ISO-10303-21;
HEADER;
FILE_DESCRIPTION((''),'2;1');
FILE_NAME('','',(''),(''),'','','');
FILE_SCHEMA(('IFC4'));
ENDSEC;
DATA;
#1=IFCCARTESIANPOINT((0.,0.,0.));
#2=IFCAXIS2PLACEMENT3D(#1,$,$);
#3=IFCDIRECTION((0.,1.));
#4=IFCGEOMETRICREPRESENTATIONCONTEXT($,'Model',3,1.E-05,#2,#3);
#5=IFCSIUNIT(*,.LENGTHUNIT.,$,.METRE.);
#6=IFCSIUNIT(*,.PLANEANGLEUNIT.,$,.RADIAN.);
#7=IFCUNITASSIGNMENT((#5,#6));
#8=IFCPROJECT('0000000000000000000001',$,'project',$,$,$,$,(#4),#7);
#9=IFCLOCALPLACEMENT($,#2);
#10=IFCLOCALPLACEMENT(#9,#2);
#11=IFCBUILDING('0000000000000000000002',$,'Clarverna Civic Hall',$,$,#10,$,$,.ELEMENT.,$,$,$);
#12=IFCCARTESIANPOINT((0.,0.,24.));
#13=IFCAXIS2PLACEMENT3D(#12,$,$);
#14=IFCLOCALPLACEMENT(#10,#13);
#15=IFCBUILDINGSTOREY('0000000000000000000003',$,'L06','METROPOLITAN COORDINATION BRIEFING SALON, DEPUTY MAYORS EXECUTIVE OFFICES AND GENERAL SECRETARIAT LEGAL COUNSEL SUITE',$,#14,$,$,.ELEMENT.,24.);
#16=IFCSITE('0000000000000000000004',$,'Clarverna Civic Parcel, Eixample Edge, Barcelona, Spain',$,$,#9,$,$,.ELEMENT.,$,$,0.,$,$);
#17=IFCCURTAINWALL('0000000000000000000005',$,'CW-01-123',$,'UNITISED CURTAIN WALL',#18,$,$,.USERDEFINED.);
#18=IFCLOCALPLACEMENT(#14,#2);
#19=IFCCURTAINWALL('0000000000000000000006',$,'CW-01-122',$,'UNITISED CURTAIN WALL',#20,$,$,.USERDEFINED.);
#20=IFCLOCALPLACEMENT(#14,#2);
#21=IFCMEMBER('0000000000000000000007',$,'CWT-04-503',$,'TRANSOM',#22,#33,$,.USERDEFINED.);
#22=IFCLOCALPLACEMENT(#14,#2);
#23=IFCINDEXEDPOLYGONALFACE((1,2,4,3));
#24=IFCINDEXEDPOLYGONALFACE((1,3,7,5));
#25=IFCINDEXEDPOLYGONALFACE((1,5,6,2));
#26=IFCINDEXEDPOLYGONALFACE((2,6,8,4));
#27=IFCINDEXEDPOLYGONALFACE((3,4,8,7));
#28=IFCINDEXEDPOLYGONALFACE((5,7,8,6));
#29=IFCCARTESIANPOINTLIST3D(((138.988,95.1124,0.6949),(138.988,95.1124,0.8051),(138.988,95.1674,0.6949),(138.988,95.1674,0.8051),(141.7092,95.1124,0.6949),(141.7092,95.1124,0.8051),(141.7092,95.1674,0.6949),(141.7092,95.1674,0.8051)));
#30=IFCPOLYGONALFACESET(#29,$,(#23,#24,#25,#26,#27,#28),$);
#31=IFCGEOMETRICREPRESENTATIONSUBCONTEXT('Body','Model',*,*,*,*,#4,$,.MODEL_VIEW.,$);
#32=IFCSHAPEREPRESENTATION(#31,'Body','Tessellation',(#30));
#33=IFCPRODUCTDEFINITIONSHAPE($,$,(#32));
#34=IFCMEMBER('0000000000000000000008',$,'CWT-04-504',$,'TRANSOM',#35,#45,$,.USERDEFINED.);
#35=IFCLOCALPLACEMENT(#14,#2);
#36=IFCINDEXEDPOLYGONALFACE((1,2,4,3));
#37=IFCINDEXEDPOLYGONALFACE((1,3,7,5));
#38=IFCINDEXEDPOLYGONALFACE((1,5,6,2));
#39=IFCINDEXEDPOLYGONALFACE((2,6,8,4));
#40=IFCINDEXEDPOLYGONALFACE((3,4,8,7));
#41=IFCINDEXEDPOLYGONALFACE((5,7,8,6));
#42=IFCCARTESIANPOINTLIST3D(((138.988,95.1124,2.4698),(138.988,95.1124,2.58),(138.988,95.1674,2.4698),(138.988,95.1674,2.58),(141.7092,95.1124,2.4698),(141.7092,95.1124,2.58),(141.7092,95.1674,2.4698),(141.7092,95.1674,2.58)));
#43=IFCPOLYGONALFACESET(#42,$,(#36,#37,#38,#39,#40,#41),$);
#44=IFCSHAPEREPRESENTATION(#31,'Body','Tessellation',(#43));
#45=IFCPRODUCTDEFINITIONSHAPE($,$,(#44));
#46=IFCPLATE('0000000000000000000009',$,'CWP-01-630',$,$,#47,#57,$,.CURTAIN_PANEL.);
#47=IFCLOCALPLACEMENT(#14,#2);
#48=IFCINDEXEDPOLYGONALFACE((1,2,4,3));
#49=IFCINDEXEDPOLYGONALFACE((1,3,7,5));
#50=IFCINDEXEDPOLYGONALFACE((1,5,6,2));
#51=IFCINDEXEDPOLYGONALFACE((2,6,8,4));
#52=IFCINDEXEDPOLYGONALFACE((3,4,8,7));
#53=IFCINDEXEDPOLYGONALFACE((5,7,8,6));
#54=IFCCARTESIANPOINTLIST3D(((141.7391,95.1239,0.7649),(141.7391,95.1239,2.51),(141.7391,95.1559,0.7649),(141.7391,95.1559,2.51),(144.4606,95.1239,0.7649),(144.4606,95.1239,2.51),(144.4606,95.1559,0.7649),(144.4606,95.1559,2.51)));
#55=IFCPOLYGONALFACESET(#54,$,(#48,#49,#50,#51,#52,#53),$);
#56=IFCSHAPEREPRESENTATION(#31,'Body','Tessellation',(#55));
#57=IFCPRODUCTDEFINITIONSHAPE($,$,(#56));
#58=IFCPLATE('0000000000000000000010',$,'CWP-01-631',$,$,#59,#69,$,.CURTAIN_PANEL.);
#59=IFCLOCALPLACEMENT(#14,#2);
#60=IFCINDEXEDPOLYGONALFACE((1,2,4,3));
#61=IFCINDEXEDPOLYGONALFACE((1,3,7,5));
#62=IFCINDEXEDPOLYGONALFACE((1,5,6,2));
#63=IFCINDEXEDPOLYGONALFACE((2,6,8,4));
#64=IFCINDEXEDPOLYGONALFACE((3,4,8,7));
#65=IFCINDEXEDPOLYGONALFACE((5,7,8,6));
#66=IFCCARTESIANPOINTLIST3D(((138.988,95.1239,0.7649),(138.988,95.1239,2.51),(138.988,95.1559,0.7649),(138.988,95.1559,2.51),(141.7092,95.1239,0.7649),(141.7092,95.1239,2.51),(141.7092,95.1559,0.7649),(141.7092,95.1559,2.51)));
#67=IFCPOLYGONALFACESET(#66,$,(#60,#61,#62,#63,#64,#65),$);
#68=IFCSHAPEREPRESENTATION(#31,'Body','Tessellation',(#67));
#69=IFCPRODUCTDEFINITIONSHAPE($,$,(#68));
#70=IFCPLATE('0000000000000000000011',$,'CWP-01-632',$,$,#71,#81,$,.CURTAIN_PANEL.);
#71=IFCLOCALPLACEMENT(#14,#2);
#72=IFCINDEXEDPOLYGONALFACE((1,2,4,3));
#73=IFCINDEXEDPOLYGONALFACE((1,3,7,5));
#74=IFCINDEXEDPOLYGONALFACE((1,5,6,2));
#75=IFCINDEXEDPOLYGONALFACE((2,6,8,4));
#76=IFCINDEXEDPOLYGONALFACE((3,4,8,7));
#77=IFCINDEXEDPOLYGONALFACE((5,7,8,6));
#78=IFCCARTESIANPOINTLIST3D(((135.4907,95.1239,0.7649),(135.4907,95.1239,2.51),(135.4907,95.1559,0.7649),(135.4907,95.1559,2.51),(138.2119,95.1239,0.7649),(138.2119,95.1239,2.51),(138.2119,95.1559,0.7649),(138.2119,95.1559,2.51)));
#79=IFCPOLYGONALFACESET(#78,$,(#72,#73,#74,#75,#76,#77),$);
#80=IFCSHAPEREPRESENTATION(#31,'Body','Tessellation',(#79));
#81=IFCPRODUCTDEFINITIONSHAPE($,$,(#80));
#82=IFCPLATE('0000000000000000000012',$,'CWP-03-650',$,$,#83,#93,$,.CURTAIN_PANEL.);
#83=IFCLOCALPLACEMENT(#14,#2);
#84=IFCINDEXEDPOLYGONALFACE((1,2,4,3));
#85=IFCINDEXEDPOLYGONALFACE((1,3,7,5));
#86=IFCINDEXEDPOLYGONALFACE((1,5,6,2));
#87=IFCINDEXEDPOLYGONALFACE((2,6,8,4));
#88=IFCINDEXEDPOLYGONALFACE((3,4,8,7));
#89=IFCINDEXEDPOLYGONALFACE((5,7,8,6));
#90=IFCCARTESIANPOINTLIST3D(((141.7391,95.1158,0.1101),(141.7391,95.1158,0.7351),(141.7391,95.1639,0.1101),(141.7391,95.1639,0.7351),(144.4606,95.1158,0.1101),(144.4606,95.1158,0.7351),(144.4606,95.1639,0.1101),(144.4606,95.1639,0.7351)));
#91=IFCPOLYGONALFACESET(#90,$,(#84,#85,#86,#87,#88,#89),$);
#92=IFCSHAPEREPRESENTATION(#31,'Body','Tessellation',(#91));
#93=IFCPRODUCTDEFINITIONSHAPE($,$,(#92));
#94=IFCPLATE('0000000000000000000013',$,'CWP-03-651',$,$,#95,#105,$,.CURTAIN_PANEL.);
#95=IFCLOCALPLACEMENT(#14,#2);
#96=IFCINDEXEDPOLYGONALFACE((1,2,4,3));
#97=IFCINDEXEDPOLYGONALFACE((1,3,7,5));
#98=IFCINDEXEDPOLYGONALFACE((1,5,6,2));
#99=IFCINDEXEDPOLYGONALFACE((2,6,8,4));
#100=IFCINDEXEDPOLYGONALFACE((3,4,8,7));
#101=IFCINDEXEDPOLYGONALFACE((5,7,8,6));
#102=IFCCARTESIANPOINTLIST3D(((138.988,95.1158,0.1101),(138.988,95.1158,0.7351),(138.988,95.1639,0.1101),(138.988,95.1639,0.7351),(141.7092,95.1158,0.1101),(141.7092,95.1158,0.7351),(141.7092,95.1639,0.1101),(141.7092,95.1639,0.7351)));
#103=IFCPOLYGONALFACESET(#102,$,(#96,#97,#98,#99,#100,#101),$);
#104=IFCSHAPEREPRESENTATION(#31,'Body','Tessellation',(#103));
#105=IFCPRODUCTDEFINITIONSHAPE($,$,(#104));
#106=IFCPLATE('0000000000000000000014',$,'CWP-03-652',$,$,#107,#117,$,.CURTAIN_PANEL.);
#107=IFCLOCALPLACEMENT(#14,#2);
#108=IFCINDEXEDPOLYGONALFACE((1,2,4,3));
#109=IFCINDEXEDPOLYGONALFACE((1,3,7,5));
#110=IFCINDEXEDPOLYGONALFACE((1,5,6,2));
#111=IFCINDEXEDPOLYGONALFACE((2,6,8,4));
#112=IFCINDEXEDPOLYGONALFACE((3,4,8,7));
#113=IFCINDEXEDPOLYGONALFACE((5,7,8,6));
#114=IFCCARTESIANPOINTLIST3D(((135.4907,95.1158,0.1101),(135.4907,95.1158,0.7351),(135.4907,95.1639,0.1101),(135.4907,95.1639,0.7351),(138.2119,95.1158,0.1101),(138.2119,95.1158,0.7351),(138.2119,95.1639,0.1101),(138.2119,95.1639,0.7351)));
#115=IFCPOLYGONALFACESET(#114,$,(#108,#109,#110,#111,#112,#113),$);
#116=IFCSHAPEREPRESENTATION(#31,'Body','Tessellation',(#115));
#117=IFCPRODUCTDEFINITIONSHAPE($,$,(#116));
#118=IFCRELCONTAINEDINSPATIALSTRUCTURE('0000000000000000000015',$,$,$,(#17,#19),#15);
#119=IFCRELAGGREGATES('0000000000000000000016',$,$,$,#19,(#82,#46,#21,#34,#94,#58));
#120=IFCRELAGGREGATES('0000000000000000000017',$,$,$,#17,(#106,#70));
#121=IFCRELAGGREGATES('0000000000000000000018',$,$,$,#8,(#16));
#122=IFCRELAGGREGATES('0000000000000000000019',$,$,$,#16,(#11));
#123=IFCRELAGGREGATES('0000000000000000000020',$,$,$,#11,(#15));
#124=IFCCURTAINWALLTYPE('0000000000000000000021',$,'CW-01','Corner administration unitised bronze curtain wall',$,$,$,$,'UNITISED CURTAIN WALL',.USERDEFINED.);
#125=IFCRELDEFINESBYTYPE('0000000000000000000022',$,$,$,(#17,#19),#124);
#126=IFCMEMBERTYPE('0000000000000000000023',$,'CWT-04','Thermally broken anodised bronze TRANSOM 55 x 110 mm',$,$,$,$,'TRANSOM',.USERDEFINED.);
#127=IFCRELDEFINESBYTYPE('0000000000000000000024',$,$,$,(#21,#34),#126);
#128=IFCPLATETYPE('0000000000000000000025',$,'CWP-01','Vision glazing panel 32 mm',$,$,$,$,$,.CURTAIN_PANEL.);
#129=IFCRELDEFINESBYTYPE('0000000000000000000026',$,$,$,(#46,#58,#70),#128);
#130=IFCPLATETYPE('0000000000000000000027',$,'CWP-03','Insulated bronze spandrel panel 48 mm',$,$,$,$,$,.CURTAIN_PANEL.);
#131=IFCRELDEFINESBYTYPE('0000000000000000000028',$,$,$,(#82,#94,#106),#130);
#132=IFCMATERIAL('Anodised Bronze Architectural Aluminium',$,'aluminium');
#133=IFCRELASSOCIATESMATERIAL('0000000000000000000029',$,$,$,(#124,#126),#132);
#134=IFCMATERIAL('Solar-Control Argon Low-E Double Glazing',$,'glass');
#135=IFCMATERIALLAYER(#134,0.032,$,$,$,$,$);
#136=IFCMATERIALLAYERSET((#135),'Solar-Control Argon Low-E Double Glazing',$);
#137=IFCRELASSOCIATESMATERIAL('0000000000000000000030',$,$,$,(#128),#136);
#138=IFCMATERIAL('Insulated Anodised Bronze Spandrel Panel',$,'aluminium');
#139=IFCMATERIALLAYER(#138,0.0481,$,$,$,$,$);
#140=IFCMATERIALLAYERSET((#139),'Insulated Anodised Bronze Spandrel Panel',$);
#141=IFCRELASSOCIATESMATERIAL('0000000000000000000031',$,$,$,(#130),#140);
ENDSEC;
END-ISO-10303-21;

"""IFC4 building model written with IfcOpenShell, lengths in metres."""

from ifc_helpers import new_model, si_unit, direction, frame, frame_2d, origin, origin_2d, place, context, subcontext, project, spatial, rectangle, extrude, material, layer, layer_set, material_profile, profile_set, type_object, element, aggregate, save


model = new_model("IFC4")

# Units and contexts
model_context = context("Model", 3, precision=1e-05, world=origin(), true_north=direction((0.0, 1.0)))
body_context = subcontext(model_context, "Body", "Model", "MODEL_VIEW")
ifc_project = project(units=[si_unit("LENGTHUNIT", "METRE"), si_unit("PLANEANGLEUNIT", "RADIAN")], contexts=[model_context])

# Site, building, storey
site_placement = place(None, origin())
site = spatial("IfcSite", under=ifc_project, at=site_placement, Name="Clarverna Civic Parcel, Eixample Edge, Barcelona, Spain", CompositionType="ELEMENT", RefElevation=0.0)
building_placement = place(site_placement, origin())
building = spatial("IfcBuilding", under=site, at=building_placement, Name="Clarverna Civic Hall", CompositionType="ELEMENT")
storey_placement = place(building_placement, frame((0.0, 0.0, 24.0)))
storey = spatial("IfcBuildingStorey", under=building, at=storey_placement, Name="L06", Description="METROPOLITAN COORDINATION BRIEFING SALON, DEPUTY MAYORS EXECUTIVE OFFICES AND GENERAL SECRETARIAT LEGAL COUNSEL SUITE", CompositionType="ELEMENT", Elevation=24.0)

# Curtain wall
ifc_material_1 = material(Name="Anodised Bronze Architectural Aluminium", Category="aluminium")
curtain_wall_type = type_object("IfcCurtainWallType", Name="CW-01", Description="Corner administration unitised bronze curtain wall", ElementType="UNITISED CURTAIN WALL", PredefinedType="USERDEFINED", material=ifc_material_1)
curtain_wall_1_placement = place(storey_placement, origin())
curtain_wall_1 = element("IfcCurtainWall", 1, at=curtain_wall_1_placement, inside=storey, type_object=curtain_wall_type, Name="CW-01-123", ObjectType="UNITISED CURTAIN WALL", PredefinedType="USERDEFINED")

# Curtain wall
curtain_wall_2_placement = place(storey_placement, origin())
curtain_wall_2 = element("IfcCurtainWall", 2, at=curtain_wall_2_placement, inside=storey, type_object=curtain_wall_type, Name="CW-01-122", ObjectType="UNITISED CURTAIN WALL", PredefinedType="USERDEFINED")

# Members
ifc_material_profile_1 = material_profile(ifc_material_1, rectangle(XDim=0.0549, YDim=0.1101, at=origin_2d()), Name="BRONZE 55x110")
ifc_profile_set_1 = profile_set([ifc_material_profile_1], Name="Anodised Bronze Architectural Aluminium")
member_type_1 = type_object("IfcMemberType", Name="CWT-04", Description="Thermally broken anodised bronze TRANSOM 55 x 110 mm", ElementType="TRANSOM", PredefinedType="USERDEFINED", material=ifc_profile_set_1)
member_1_placement = place(storey_placement, frame((141.7092, 95.1399, 0.75), z_axis=(-1.0, 0.0, 0.0), x_axis=(0.0, -1.0, 0.0)))
member_1 = element("IfcMember", 3, at=member_1_placement, type_object=member_type_1, Name="CWT-04-503", ObjectType="TRANSOM", PredefinedType="USERDEFINED", context=body_context, shape_type="SweptSolid", body=[
    extrude(rectangle(XDim=0.0549, YDim=0.1101, at=origin_2d()), origin(), (0.0, 0.0, 1.0), 2.7212),
])
member_2_placement = place(storey_placement, frame((141.7092, 95.1399, 2.5249), z_axis=(-1.0, 0.0, 0.0), x_axis=(0.0, -1.0, 0.0)))
member_2 = element("IfcMember", 4, at=member_2_placement, type_object=member_type_1, Name="CWT-04-504", ObjectType="TRANSOM", PredefinedType="USERDEFINED", context=body_context, shape_type="SweptSolid", body=[
    extrude(rectangle(XDim=0.0549, YDim=0.1101, at=origin_2d()), origin(), (0.0, 0.0, 1.0), 2.7212),
])

# Plates
ifc_material_2 = material(Name="Solar-Control Argon Low-E Double Glazing", Category="glass")
ifc_layer_1 = layer(ifc_material_2, 0.032)
ifc_layer_set_1 = layer_set([ifc_layer_1], Name="Solar-Control Argon Low-E Double Glazing")
plate_type_1 = type_object("IfcPlateType", Name="CWP-01", Description="Vision glazing panel 32 mm", PredefinedType="CURTAIN_PANEL", material=ifc_layer_set_1)
plate_1_placement = place(storey_placement, frame((144.4607, 95.1399, 0.7649), z_axis=(0.0, 0.0, 1.0), x_axis=(-1.0, 0.0, 0.0)))
plate_1 = element("IfcPlate", 5, at=plate_1_placement, type_object=plate_type_1, Name="CWP-01-630", PredefinedType="CURTAIN_PANEL", context=body_context, shape_type="SweptSolid", body=[
    extrude(rectangle(XDim=2.7214, YDim=0.032, at=frame_2d((1.3608, 0.0))), origin(), (0.0, 0.0, 1.0), 1.7451),
])
plate_2_placement = place(storey_placement, frame((141.7092, 95.1399, 0.7649), z_axis=(0.0, 0.0, 1.0), x_axis=(-1.0, 0.0, 0.0)))
plate_2 = element("IfcPlate", 6, at=plate_2_placement, type_object=plate_type_1, Name="CWP-01-631", PredefinedType="CURTAIN_PANEL", context=body_context, shape_type="SweptSolid", body=[
    extrude(rectangle(XDim=2.7212, YDim=0.032, at=frame_2d((1.3606, 0.0))), origin(), (0.0, 0.0, 1.0), 1.7451),
])
plate_3_placement = place(storey_placement, frame((138.2119, 95.1399, 0.7649), z_axis=(0.0, 0.0, 1.0), x_axis=(-1.0, 0.0, 0.0)))
plate_3 = element("IfcPlate", 7, at=plate_3_placement, type_object=plate_type_1, Name="CWP-01-632", PredefinedType="CURTAIN_PANEL", context=body_context, shape_type="SweptSolid", body=[
    extrude(rectangle(XDim=2.7212, YDim=0.032, at=frame_2d((1.3606, 0.0))), origin(), (0.0, 0.0, 1.0), 1.7451),
])
ifc_material_3 = material(Name="Insulated Anodised Bronze Spandrel Panel", Category="aluminium")
ifc_layer_2 = layer(ifc_material_3, 0.0481)
ifc_layer_set_2 = layer_set([ifc_layer_2], Name="Insulated Anodised Bronze Spandrel Panel")
plate_type_2 = type_object("IfcPlateType", Name="CWP-03", Description="Insulated bronze spandrel panel 48 mm", PredefinedType="CURTAIN_PANEL", material=ifc_layer_set_2)
plate_4_placement = place(storey_placement, frame((144.4607, 95.1399, 0.1101), z_axis=(0.0, 0.0, 1.0), x_axis=(-1.0, 0.0, 0.0)))
plate_4 = element("IfcPlate", 8, at=plate_4_placement, type_object=plate_type_2, Name="CWP-03-650", PredefinedType="CURTAIN_PANEL", context=body_context, shape_type="SweptSolid", body=[
    extrude(rectangle(XDim=2.7214, YDim=0.0481, at=frame_2d((1.3608, 0.0))), origin(), (0.0, 0.0, 1.0), 0.625),
])
plate_5_placement = place(storey_placement, frame((141.7092, 95.1399, 0.1101), z_axis=(0.0, 0.0, 1.0), x_axis=(-1.0, 0.0, 0.0)))
plate_5 = element("IfcPlate", 9, at=plate_5_placement, type_object=plate_type_2, Name="CWP-03-651", PredefinedType="CURTAIN_PANEL", context=body_context, shape_type="SweptSolid", body=[
    extrude(rectangle(XDim=2.7212, YDim=0.0481, at=frame_2d((1.3606, 0.0))), origin(), (0.0, 0.0, 1.0), 0.625),
])
aggregate(curtain_wall_2, [plate_4, plate_1, member_1, member_2, plate_5, plate_2])
plate_6_placement = place(storey_placement, frame((138.2119, 95.1399, 0.1101), z_axis=(0.0, 0.0, 1.0), x_axis=(-1.0, 0.0, 0.0)))
plate_6 = element("IfcPlate", 10, at=plate_6_placement, type_object=plate_type_2, Name="CWP-03-652", PredefinedType="CURTAIN_PANEL", context=body_context, shape_type="SweptSolid", body=[
    extrude(rectangle(XDim=2.7212, YDim=0.0481, at=frame_2d((1.3606, 0.0))), origin(), (0.0, 0.0, 1.0), 0.625),
])
aggregate(curtain_wall_1, [plate_6, plate_3])

save(model, "model.ifc")
